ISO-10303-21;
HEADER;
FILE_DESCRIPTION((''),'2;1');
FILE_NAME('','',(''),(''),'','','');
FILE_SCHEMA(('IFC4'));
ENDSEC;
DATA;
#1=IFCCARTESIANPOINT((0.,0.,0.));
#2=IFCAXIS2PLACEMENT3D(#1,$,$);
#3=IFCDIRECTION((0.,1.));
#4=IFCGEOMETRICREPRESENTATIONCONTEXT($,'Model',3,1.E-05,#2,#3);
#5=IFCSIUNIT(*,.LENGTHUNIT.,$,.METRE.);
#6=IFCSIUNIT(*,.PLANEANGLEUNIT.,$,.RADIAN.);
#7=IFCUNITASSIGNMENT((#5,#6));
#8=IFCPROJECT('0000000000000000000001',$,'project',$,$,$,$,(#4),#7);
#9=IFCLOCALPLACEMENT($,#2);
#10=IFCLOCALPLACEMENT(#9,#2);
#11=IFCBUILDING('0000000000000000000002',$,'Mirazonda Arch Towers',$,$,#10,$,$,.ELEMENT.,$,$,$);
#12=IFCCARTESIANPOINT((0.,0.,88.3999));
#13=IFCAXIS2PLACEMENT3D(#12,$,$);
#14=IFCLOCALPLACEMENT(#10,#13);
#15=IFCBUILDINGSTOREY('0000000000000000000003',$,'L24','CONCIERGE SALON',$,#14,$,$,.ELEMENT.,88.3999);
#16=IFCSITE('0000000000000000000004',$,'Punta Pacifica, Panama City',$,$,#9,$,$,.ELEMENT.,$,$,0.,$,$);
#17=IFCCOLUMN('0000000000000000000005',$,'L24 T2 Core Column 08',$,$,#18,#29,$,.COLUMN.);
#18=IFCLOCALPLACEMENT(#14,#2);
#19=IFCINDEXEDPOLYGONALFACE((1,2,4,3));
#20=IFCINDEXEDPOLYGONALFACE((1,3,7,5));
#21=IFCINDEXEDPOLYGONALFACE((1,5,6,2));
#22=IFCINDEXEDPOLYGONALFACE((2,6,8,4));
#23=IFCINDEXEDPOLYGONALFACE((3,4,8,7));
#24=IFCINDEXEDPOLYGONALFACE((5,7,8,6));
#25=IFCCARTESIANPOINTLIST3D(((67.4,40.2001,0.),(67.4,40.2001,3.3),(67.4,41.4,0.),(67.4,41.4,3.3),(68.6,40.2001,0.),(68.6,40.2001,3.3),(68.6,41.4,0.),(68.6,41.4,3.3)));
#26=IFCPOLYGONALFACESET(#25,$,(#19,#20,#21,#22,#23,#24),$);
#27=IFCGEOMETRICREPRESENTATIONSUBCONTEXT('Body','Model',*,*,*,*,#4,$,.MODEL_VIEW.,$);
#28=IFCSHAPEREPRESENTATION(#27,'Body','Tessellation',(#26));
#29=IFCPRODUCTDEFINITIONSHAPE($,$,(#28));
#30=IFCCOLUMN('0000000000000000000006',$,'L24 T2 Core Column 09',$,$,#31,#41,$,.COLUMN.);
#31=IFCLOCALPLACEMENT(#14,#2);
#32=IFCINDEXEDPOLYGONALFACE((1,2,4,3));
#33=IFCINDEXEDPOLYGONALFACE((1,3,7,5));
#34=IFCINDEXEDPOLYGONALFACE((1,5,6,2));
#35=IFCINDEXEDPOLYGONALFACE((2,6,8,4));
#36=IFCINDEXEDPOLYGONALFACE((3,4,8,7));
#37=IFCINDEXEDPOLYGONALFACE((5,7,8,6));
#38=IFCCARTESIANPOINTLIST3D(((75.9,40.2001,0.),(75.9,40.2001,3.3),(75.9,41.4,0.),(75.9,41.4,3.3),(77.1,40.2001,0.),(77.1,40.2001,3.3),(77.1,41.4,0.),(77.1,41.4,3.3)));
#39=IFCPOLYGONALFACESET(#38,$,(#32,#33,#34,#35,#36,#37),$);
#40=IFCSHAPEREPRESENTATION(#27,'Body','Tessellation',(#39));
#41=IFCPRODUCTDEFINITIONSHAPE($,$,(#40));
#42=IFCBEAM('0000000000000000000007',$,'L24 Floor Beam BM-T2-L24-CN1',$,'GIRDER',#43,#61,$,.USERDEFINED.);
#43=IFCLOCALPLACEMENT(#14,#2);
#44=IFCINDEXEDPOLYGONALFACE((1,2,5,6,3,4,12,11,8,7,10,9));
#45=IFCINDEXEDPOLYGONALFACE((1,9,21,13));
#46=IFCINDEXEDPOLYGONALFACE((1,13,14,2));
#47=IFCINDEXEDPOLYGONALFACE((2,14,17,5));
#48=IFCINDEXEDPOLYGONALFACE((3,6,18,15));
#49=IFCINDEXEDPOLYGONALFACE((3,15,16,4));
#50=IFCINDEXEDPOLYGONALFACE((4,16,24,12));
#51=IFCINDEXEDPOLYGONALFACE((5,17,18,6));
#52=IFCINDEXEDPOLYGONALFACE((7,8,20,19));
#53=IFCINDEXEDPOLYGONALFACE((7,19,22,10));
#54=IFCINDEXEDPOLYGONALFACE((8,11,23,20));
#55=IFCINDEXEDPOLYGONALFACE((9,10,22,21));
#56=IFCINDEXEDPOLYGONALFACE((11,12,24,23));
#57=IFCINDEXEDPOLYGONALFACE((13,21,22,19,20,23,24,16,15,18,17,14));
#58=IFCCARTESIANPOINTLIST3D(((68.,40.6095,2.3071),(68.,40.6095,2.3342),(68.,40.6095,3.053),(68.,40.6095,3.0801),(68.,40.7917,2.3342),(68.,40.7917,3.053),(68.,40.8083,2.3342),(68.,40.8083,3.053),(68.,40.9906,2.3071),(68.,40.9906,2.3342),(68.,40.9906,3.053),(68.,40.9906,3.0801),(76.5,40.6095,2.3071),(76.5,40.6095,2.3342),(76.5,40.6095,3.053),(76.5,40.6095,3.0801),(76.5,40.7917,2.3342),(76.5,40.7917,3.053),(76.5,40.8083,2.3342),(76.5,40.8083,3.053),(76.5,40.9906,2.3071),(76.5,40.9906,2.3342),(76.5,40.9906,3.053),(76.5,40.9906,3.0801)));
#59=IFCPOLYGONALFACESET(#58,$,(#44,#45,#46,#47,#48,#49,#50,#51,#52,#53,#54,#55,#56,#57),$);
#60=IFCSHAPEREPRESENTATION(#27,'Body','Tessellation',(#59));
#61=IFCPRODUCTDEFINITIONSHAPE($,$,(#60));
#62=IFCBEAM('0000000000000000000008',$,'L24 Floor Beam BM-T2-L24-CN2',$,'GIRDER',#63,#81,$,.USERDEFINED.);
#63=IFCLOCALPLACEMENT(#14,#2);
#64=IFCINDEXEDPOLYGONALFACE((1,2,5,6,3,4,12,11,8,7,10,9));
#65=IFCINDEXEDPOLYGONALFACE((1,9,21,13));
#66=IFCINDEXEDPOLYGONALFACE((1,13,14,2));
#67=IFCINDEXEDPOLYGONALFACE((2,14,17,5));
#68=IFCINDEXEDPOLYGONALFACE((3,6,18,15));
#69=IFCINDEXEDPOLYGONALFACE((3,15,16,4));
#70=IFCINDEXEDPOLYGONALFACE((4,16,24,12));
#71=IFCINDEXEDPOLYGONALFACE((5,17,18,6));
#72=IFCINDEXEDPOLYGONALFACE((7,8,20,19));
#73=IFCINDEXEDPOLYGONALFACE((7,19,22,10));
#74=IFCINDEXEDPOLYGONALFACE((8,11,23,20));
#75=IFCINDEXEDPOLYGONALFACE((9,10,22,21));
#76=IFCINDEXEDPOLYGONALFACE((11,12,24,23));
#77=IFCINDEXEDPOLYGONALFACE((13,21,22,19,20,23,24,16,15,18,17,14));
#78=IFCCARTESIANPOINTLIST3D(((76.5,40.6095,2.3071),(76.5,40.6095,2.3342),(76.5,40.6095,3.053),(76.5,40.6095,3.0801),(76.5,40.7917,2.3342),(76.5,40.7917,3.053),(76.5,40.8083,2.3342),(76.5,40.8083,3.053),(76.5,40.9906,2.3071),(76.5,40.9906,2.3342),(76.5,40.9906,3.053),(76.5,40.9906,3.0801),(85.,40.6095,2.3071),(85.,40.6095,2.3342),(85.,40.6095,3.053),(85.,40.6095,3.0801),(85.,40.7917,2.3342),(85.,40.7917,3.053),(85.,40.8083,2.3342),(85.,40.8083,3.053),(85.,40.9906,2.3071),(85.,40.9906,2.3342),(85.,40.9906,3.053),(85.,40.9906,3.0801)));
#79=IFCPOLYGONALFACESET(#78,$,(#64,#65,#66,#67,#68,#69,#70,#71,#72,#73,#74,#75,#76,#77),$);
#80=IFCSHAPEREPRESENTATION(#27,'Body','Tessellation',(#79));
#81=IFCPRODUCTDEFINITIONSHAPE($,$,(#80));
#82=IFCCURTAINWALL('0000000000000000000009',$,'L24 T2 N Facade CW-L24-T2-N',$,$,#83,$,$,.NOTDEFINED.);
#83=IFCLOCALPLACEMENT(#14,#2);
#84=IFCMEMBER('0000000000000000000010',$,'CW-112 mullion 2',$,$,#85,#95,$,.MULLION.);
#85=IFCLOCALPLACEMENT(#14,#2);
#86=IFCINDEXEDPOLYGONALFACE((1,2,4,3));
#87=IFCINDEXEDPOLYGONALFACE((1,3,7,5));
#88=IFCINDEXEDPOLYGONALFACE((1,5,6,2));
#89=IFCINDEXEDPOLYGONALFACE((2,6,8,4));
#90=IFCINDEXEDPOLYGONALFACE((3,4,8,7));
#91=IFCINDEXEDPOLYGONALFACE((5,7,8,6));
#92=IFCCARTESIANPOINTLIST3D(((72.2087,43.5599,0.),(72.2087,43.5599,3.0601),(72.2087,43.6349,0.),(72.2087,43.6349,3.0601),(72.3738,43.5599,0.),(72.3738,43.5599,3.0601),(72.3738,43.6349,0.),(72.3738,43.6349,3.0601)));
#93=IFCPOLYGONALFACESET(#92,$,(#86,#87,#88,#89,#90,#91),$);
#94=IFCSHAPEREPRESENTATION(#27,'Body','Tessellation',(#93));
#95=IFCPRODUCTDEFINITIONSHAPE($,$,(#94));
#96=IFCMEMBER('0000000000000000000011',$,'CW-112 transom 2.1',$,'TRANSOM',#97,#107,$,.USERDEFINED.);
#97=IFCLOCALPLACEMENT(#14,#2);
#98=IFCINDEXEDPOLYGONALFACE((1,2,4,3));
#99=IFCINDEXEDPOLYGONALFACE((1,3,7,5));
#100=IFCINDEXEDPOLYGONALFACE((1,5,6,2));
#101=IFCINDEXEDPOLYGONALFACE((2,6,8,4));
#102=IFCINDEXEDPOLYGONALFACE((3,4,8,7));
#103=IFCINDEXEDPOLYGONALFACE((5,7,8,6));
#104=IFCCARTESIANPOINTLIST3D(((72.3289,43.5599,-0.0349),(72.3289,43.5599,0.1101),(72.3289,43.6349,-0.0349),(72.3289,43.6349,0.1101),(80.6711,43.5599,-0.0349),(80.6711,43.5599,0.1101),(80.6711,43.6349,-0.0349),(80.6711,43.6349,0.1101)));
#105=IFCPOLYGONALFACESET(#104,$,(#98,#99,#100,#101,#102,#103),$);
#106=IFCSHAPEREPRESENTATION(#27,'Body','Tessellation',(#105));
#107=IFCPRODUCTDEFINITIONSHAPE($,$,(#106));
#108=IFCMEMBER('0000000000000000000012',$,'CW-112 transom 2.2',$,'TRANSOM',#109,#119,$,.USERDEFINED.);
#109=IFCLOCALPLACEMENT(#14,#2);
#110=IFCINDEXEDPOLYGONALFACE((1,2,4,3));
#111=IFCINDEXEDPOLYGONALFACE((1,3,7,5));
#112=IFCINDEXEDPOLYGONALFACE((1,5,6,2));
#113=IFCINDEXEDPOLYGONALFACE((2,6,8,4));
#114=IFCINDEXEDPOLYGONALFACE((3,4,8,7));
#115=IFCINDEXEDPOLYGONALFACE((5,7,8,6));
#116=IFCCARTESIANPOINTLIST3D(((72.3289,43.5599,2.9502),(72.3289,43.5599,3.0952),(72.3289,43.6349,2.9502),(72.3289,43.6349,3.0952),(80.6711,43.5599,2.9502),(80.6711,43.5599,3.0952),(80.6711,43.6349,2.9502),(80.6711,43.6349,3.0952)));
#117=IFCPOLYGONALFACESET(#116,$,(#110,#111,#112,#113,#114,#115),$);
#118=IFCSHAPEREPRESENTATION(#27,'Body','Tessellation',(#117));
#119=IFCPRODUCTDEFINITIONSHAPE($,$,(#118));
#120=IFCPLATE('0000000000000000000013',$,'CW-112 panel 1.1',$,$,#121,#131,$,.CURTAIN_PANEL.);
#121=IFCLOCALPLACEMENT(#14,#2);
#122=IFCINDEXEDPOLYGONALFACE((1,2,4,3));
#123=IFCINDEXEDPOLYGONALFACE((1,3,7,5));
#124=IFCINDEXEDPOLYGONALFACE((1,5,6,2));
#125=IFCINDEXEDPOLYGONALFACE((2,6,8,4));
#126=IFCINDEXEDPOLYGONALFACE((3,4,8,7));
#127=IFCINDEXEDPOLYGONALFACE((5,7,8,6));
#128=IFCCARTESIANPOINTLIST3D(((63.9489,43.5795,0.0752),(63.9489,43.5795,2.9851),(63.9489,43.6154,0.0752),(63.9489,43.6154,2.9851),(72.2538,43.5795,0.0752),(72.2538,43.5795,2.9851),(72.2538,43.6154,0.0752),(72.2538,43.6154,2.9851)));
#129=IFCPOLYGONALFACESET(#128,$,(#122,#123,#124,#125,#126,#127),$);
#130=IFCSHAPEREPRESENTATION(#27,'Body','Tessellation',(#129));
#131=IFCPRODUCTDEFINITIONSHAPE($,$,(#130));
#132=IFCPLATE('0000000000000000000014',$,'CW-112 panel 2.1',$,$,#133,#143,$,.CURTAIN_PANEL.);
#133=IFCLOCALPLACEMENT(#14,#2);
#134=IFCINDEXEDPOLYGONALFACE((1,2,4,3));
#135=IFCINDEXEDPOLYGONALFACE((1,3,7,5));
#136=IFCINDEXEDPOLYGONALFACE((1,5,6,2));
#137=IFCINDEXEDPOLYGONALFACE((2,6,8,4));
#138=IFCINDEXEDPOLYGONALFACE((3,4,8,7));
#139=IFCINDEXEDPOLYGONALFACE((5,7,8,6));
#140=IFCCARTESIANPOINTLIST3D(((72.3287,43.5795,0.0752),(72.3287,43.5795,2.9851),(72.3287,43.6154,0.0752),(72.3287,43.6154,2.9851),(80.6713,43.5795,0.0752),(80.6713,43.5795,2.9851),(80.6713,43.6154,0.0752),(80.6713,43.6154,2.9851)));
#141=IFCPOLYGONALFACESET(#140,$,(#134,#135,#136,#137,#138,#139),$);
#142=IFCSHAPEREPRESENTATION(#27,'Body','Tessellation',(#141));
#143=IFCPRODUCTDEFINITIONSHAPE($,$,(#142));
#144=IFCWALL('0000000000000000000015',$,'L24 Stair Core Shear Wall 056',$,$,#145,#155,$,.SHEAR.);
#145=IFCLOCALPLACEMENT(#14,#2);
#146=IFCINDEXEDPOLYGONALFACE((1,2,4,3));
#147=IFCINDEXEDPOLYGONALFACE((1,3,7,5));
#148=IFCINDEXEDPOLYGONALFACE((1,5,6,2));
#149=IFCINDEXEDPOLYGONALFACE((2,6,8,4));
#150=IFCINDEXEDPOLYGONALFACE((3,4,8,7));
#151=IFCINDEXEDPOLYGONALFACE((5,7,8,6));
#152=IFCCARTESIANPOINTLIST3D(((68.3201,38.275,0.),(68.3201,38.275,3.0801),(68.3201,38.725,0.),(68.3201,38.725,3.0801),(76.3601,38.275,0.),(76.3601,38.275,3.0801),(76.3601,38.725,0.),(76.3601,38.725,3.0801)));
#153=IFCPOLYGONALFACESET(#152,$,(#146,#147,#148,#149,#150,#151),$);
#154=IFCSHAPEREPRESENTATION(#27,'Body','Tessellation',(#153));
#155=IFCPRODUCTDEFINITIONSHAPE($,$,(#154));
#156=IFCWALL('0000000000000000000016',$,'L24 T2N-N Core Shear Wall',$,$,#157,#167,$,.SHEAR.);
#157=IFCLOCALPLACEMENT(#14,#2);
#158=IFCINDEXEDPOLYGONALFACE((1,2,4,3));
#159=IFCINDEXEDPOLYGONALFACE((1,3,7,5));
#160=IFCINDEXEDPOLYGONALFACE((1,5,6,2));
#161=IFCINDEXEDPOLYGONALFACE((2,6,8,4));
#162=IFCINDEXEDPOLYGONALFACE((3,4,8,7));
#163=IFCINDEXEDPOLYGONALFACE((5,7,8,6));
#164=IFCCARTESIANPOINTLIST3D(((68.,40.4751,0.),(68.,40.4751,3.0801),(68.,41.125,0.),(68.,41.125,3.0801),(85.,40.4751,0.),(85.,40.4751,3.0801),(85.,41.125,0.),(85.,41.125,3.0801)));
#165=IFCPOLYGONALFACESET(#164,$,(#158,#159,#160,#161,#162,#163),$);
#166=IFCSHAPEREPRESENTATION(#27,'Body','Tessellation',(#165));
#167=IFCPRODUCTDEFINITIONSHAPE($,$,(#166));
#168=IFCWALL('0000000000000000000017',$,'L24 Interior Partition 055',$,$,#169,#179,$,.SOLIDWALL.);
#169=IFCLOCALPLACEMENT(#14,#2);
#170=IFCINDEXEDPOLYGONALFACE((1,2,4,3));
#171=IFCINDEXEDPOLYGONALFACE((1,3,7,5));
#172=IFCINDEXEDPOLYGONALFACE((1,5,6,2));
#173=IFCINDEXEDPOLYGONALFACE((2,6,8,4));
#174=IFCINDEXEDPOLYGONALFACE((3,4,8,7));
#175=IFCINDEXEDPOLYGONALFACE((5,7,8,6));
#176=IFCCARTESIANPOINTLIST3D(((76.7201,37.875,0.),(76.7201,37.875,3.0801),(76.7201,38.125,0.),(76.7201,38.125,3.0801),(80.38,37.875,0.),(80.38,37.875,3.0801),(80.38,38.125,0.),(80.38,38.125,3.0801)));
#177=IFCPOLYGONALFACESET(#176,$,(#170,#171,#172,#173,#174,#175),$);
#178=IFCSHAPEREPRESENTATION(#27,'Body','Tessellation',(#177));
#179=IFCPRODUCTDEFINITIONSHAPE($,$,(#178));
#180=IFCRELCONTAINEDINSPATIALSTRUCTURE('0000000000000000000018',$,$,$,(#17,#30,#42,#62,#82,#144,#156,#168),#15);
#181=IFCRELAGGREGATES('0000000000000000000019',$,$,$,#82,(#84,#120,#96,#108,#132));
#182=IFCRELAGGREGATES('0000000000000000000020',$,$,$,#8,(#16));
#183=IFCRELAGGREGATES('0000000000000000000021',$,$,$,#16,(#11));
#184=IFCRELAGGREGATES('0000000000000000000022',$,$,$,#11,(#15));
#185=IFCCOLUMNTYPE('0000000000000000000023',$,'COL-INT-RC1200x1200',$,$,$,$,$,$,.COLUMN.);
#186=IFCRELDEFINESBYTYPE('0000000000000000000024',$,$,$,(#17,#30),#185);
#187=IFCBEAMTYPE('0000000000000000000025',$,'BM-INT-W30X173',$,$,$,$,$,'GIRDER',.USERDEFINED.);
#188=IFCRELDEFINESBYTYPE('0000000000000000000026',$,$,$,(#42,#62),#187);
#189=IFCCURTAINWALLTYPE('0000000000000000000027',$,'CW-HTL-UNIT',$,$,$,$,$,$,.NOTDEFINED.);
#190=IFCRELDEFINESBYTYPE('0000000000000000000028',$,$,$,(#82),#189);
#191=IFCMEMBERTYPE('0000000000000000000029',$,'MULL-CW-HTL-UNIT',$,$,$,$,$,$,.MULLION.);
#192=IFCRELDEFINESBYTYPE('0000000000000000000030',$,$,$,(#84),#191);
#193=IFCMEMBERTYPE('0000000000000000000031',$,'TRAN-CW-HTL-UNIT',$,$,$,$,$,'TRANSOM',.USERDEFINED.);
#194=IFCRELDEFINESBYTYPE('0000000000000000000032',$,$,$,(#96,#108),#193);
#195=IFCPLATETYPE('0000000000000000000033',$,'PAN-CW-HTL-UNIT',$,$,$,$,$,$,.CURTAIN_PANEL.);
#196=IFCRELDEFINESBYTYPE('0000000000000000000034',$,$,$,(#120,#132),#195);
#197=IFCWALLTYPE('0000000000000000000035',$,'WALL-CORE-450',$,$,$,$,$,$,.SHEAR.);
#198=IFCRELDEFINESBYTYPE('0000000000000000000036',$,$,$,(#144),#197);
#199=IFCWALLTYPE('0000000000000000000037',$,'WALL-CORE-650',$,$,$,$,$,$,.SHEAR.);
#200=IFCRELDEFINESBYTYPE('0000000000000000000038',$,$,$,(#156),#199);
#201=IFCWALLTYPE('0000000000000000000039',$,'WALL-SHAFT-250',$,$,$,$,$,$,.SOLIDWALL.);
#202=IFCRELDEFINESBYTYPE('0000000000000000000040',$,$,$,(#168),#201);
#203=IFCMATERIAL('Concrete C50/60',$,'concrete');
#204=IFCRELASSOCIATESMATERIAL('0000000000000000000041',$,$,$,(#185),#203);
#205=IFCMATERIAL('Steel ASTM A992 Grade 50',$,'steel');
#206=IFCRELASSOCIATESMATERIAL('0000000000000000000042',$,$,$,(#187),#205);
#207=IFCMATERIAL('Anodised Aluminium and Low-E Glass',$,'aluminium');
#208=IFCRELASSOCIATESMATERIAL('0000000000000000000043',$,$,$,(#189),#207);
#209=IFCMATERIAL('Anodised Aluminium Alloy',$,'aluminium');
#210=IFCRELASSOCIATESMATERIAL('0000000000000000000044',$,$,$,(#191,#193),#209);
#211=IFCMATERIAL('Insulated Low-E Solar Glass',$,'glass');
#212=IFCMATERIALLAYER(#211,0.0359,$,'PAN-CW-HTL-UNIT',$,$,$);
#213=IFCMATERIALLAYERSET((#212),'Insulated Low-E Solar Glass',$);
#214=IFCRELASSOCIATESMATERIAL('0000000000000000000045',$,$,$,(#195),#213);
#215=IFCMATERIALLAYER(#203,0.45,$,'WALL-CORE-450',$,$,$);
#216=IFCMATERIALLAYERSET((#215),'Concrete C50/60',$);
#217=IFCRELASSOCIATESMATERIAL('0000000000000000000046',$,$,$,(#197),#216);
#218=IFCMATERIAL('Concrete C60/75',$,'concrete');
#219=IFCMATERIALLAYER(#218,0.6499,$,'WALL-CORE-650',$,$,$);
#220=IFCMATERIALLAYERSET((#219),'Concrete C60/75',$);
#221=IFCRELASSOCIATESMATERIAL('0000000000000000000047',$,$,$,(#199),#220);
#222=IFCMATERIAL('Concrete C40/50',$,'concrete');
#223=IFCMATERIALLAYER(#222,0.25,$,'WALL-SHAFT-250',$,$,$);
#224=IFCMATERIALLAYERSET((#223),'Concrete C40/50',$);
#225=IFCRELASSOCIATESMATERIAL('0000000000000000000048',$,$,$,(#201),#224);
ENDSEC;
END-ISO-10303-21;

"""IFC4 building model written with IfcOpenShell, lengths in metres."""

from ifc_helpers import new_model, si_unit, direction, frame, frame_2d, origin, origin_2d, place, context, subcontext, project, spatial, rectangle, i_section, extrude, material, layer, layer_set, material_profile, profile_set, type_object, element, aggregate, save


model = new_model("IFC4")

# Units and contexts
model_context = context("Model", 3, precision=1e-05, world=origin(), true_north=direction((0.0, 1.0)))
body_context = subcontext(model_context, "Body", "Model", "MODEL_VIEW")
ifc_project = project(units=[si_unit("LENGTHUNIT", "METRE"), si_unit("PLANEANGLEUNIT", "RADIAN")], contexts=[model_context])

# Site, building, storey
site_placement = place(None, origin())
site = spatial("IfcSite", under=ifc_project, at=site_placement, Name="Punta Pacifica, Panama City", CompositionType="ELEMENT", RefElevation=0.0)
building_placement = place(site_placement, origin())
building = spatial("IfcBuilding", under=site, at=building_placement, Name="Mirazonda Arch Towers", CompositionType="ELEMENT")
storey_placement = place(building_placement, frame((0.0, 0.0, 88.3999)))
storey = spatial("IfcBuildingStorey", under=building, at=storey_placement, Name="L24", Description="CONCIERGE SALON", CompositionType="ELEMENT", Elevation=88.3999)

# Columns
ifc_material_1 = material(Name="Concrete C50/60", Category="concrete")
ifc_material_profile_1 = material_profile(ifc_material_1, rectangle(XDim=1.2, YDim=1.2, at=origin_2d()), Name="RC1200x1200")
ifc_profile_set_1 = profile_set([ifc_material_profile_1], Name="Concrete C50/60")
column_type = type_object("IfcColumnType", Name="COL-INT-RC1200x1200", PredefinedType="COLUMN", material=ifc_profile_set_1)
for number, where, z_axis, x_axis, name in (
    (1, (68.0, 40.8, 0.0), (0.0, 0.0, 1.0), (1.0, 0.0, 0.0), "L24 T2 Core Column 08"),
    (2, (76.5, 40.8, 0.0), (0.0, 0.0, 1.0), (1.0, 0.0, 0.0), "L24 T2 Core Column 09"),
):
    element("IfcColumn", number, at=place(storey_placement, frame(where, z_axis=z_axis, x_axis=x_axis)), inside=storey, type_object=column_type, Name=name, PredefinedType="COLUMN", context=body_context, shape_type="SweptSolid", body=[
        extrude(rectangle(XDim=1.2, YDim=1.2, at=origin_2d()), origin(), (0.0, 0.0, 1.0), 3.3),
    ])

# Beams
ifc_material_2 = material(Name="Steel ASTM A992 Grade 50", Category="steel")
ifc_material_profile_2 = material_profile(ifc_material_2, i_section(OverallWidth=0.3811, OverallDepth=0.7729, WebThickness=0.0166, FlangeThickness=0.0271, at=origin_2d()), Name="W30X173")
ifc_profile_set_2 = profile_set([ifc_material_profile_2], Name="Steel ASTM A992 Grade 50")
beam_type = type_object("IfcBeamType", Name="BM-INT-W30X173", ElementType="GIRDER", PredefinedType="USERDEFINED", material=ifc_profile_set_2)
for number, where, z_axis, x_axis, name in (
    (3, (68.0, 40.8, 2.6936), (1.0, 0.0, 0.0), (0.0, 1.0, 0.0), "L24 Floor Beam BM-T2-L24-CN1"),
    (4, (76.5, 40.8, 2.6936), (1.0, 0.0, 0.0), (0.0, 1.0, 0.0), "L24 Floor Beam BM-T2-L24-CN2"),
):
    element("IfcBeam", number, at=place(storey_placement, frame(where, z_axis=z_axis, x_axis=x_axis)), inside=storey, type_object=beam_type, Name=name, ObjectType="GIRDER", PredefinedType="USERDEFINED", context=body_context, shape_type="SweptSolid", body=[
        extrude(i_section(OverallWidth=0.3811, OverallDepth=0.7729, WebThickness=0.0166, FlangeThickness=0.0271, at=origin_2d()), origin(), (0.0, 0.0, 1.0), 8.5),
    ])

# Curtain wall, members, plates
ifc_material_3 = material(Name="Anodised Aluminium and Low-E Glass", Category="aluminium")
curtain_wall_type = type_object("IfcCurtainWallType", Name="CW-HTL-UNIT", PredefinedType="NOTDEFINED", material=ifc_material_3)
curtain_wall_placement = place(storey_placement, origin())
curtain_wall = element("IfcCurtainWall", 5, at=curtain_wall_placement, inside=storey, type_object=curtain_wall_type, Name="L24 T2 N Facade CW-L24-T2-N", PredefinedType="NOTDEFINED")
ifc_material_4 = material(Name="Anodised Aluminium Alloy", Category="aluminium")
ifc_material_profile_3 = material_profile(ifc_material_4, rectangle(XDim=0.075, YDim=0.165, at=origin_2d()), Name="ALU-MULL-75x165")
ifc_profile_set_3 = profile_set([ifc_material_profile_3], Name="Anodised Aluminium Alloy")
member_type_1 = type_object("IfcMemberType", Name="MULL-CW-HTL-UNIT", PredefinedType="MULLION", material=ifc_profile_set_3)
member_1_placement = place(storey_placement, frame((72.2913, 43.5974, 0.0), z_axis=(0.0, 0.0, 1.0), x_axis=(0.0, 1.0, 0.0)))
member_1 = element("IfcMember", 6, at=member_1_placement, type_object=member_type_1, Name="CW-112 mullion 2", PredefinedType="MULLION", context=body_context, shape_type="SweptSolid", body=[
    extrude(rectangle(XDim=0.075, YDim=0.165, at=origin_2d()), origin(), (0.0, 0.0, 1.0), 3.0601),
])
ifc_material_profile_4 = material_profile(ifc_material_4, rectangle(XDim=0.075, YDim=0.145, at=origin_2d()), Name="ALU-TRAN-75x145")
ifc_profile_set_4 = profile_set([ifc_material_profile_4], Name="Anodised Aluminium Alloy")
member_type_2 = type_object("IfcMemberType", Name="TRAN-CW-HTL-UNIT", ElementType="TRANSOM", PredefinedType="USERDEFINED", material=ifc_profile_set_4)
member_2_placement = place(storey_placement, frame((72.3289, 43.5974, 0.0376), z_axis=(1.0, 0.0, 0.0), x_axis=(0.0, 1.0, 0.0)))
member_2 = element("IfcMember", 7, at=member_2_placement, type_object=member_type_2, Name="CW-112 transom 2.1", ObjectType="TRANSOM", PredefinedType="USERDEFINED", context=body_context, shape_type="SweptSolid", body=[
    extrude(rectangle(XDim=0.075, YDim=0.145, at=origin_2d()), origin(), (0.0, 0.0, 1.0), 8.3423),
])
member_3_placement = place(storey_placement, frame((72.3289, 43.5974, 3.0227), z_axis=(1.0, 0.0, 0.0), x_axis=(0.0, 1.0, 0.0)))
member_3 = element("IfcMember", 8, at=member_3_placement, type_object=member_type_2, Name="CW-112 transom 2.2", ObjectType="TRANSOM", PredefinedType="USERDEFINED", context=body_context, shape_type="SweptSolid", body=[
    extrude(rectangle(XDim=0.075, YDim=0.145, at=origin_2d()), origin(), (0.0, 0.0, 1.0), 8.3423),
])
ifc_material_5 = material(Name="Insulated Low-E Solar Glass", Category="glass")
ifc_layer_1 = layer(ifc_material_5, 0.0359, Name="PAN-CW-HTL-UNIT")
ifc_layer_set_1 = layer_set([ifc_layer_1], Name="Insulated Low-E Solar Glass")
plate_type = type_object("IfcPlateType", Name="PAN-CW-HTL-UNIT", PredefinedType="CURTAIN_PANEL", material=ifc_layer_set_1)
plate_1_placement = place(storey_placement, frame((68.1013, 43.5974, 0.0752), z_axis=(0.0, 0.0, 1.0), x_axis=(1.0, 0.0, 0.0)))
plate_1 = element("IfcPlate", 9, at=plate_1_placement, type_object=plate_type, Name="CW-112 panel 1.1", PredefinedType="CURTAIN_PANEL", context=body_context, shape_type="SweptSolid", body=[
    extrude(rectangle(XDim=8.3049, YDim=0.0359, at=origin_2d()), origin(), (0.0, 0.0, 1.0), 2.9099),
])
plate_2_placement = place(storey_placement, frame((76.5, 43.5974, 0.0752), z_axis=(0.0, 0.0, 1.0), x_axis=(1.0, 0.0, 0.0)))
plate_2 = element("IfcPlate", 10, at=plate_2_placement, type_object=plate_type, Name="CW-112 panel 2.1", PredefinedType="CURTAIN_PANEL", context=body_context, shape_type="SweptSolid", body=[
    extrude(rectangle(XDim=8.3425, YDim=0.0359, at=origin_2d()), origin(), (0.0, 0.0, 1.0), 2.9099),
])
aggregate(curtain_wall, [member_1, plate_1, member_2, member_3, plate_2])

# Walls
ifc_layer_2 = layer(ifc_material_1, 0.45, Name="WALL-CORE-450")
ifc_layer_set_2 = layer_set([ifc_layer_2], Name="Concrete C50/60")
wall_type_1 = type_object("IfcWallType", Name="WALL-CORE-450", PredefinedType="SHEAR", material=ifc_layer_set_2)
wall_1_placement = place(storey_placement, frame((68.3201, 38.5, 0.0), z_axis=(0.0, 0.0, 1.0), x_axis=(1.0, 0.0, 0.0)))
element("IfcWall", 11, at=wall_1_placement, inside=storey, type_object=wall_type_1, Name="L24 Stair Core Shear Wall 056", PredefinedType="SHEAR", context=body_context, shape_type="SweptSolid", body=[
    extrude(rectangle(XDim=8.04, YDim=0.45, at=frame_2d((4.02, 0.0))), origin(), (0.0, 0.0, 1.0), 3.0801),
])
ifc_material_6 = material(Name="Concrete C60/75", Category="concrete")
ifc_layer_3 = layer(ifc_material_6, 0.6499, Name="WALL-CORE-650")
ifc_layer_set_3 = layer_set([ifc_layer_3], Name="Concrete C60/75")
wall_type_2 = type_object("IfcWallType", Name="WALL-CORE-650", PredefinedType="SHEAR", material=ifc_layer_set_3)
wall_2_placement = place(storey_placement, frame((68.0, 40.8, 0.0), z_axis=(0.0, 0.0, 1.0), x_axis=(1.0, 0.0, 0.0)))
element("IfcWall", 12, at=wall_2_placement, inside=storey, type_object=wall_type_2, Name="L24 T2N-N Core Shear Wall", PredefinedType="SHEAR", context=body_context, shape_type="SweptSolid", body=[
    extrude(rectangle(XDim=17.0, YDim=0.6499, at=frame_2d((8.5, 0.0))), origin(), (0.0, 0.0, 1.0), 3.0801),
])
ifc_material_7 = material(Name="Concrete C40/50", Category="concrete")
ifc_layer_4 = layer(ifc_material_7, 0.25, Name="WALL-SHAFT-250")
ifc_layer_set_4 = layer_set([ifc_layer_4], Name="Concrete C40/50")
wall_type_3 = type_object("IfcWallType", Name="WALL-SHAFT-250", PredefinedType="SOLIDWALL", material=ifc_layer_set_4)
wall_3_placement = place(storey_placement, frame((76.72, 38.0, 0.0), z_axis=(0.0, 0.0, 1.0), x_axis=(1.0, 0.0, 0.0)))
element("IfcWall", 13, at=wall_3_placement, inside=storey, type_object=wall_type_3, Name="L24 Interior Partition 055", PredefinedType="SOLIDWALL", context=body_context, shape_type="SweptSolid", body=[
    extrude(rectangle(XDim=3.6599, YDim=0.25, at=frame_2d((1.8301, 0.0))), origin(), (0.0, 0.0, 1.0), 3.0801),
])

save(model, "model.ifc")
